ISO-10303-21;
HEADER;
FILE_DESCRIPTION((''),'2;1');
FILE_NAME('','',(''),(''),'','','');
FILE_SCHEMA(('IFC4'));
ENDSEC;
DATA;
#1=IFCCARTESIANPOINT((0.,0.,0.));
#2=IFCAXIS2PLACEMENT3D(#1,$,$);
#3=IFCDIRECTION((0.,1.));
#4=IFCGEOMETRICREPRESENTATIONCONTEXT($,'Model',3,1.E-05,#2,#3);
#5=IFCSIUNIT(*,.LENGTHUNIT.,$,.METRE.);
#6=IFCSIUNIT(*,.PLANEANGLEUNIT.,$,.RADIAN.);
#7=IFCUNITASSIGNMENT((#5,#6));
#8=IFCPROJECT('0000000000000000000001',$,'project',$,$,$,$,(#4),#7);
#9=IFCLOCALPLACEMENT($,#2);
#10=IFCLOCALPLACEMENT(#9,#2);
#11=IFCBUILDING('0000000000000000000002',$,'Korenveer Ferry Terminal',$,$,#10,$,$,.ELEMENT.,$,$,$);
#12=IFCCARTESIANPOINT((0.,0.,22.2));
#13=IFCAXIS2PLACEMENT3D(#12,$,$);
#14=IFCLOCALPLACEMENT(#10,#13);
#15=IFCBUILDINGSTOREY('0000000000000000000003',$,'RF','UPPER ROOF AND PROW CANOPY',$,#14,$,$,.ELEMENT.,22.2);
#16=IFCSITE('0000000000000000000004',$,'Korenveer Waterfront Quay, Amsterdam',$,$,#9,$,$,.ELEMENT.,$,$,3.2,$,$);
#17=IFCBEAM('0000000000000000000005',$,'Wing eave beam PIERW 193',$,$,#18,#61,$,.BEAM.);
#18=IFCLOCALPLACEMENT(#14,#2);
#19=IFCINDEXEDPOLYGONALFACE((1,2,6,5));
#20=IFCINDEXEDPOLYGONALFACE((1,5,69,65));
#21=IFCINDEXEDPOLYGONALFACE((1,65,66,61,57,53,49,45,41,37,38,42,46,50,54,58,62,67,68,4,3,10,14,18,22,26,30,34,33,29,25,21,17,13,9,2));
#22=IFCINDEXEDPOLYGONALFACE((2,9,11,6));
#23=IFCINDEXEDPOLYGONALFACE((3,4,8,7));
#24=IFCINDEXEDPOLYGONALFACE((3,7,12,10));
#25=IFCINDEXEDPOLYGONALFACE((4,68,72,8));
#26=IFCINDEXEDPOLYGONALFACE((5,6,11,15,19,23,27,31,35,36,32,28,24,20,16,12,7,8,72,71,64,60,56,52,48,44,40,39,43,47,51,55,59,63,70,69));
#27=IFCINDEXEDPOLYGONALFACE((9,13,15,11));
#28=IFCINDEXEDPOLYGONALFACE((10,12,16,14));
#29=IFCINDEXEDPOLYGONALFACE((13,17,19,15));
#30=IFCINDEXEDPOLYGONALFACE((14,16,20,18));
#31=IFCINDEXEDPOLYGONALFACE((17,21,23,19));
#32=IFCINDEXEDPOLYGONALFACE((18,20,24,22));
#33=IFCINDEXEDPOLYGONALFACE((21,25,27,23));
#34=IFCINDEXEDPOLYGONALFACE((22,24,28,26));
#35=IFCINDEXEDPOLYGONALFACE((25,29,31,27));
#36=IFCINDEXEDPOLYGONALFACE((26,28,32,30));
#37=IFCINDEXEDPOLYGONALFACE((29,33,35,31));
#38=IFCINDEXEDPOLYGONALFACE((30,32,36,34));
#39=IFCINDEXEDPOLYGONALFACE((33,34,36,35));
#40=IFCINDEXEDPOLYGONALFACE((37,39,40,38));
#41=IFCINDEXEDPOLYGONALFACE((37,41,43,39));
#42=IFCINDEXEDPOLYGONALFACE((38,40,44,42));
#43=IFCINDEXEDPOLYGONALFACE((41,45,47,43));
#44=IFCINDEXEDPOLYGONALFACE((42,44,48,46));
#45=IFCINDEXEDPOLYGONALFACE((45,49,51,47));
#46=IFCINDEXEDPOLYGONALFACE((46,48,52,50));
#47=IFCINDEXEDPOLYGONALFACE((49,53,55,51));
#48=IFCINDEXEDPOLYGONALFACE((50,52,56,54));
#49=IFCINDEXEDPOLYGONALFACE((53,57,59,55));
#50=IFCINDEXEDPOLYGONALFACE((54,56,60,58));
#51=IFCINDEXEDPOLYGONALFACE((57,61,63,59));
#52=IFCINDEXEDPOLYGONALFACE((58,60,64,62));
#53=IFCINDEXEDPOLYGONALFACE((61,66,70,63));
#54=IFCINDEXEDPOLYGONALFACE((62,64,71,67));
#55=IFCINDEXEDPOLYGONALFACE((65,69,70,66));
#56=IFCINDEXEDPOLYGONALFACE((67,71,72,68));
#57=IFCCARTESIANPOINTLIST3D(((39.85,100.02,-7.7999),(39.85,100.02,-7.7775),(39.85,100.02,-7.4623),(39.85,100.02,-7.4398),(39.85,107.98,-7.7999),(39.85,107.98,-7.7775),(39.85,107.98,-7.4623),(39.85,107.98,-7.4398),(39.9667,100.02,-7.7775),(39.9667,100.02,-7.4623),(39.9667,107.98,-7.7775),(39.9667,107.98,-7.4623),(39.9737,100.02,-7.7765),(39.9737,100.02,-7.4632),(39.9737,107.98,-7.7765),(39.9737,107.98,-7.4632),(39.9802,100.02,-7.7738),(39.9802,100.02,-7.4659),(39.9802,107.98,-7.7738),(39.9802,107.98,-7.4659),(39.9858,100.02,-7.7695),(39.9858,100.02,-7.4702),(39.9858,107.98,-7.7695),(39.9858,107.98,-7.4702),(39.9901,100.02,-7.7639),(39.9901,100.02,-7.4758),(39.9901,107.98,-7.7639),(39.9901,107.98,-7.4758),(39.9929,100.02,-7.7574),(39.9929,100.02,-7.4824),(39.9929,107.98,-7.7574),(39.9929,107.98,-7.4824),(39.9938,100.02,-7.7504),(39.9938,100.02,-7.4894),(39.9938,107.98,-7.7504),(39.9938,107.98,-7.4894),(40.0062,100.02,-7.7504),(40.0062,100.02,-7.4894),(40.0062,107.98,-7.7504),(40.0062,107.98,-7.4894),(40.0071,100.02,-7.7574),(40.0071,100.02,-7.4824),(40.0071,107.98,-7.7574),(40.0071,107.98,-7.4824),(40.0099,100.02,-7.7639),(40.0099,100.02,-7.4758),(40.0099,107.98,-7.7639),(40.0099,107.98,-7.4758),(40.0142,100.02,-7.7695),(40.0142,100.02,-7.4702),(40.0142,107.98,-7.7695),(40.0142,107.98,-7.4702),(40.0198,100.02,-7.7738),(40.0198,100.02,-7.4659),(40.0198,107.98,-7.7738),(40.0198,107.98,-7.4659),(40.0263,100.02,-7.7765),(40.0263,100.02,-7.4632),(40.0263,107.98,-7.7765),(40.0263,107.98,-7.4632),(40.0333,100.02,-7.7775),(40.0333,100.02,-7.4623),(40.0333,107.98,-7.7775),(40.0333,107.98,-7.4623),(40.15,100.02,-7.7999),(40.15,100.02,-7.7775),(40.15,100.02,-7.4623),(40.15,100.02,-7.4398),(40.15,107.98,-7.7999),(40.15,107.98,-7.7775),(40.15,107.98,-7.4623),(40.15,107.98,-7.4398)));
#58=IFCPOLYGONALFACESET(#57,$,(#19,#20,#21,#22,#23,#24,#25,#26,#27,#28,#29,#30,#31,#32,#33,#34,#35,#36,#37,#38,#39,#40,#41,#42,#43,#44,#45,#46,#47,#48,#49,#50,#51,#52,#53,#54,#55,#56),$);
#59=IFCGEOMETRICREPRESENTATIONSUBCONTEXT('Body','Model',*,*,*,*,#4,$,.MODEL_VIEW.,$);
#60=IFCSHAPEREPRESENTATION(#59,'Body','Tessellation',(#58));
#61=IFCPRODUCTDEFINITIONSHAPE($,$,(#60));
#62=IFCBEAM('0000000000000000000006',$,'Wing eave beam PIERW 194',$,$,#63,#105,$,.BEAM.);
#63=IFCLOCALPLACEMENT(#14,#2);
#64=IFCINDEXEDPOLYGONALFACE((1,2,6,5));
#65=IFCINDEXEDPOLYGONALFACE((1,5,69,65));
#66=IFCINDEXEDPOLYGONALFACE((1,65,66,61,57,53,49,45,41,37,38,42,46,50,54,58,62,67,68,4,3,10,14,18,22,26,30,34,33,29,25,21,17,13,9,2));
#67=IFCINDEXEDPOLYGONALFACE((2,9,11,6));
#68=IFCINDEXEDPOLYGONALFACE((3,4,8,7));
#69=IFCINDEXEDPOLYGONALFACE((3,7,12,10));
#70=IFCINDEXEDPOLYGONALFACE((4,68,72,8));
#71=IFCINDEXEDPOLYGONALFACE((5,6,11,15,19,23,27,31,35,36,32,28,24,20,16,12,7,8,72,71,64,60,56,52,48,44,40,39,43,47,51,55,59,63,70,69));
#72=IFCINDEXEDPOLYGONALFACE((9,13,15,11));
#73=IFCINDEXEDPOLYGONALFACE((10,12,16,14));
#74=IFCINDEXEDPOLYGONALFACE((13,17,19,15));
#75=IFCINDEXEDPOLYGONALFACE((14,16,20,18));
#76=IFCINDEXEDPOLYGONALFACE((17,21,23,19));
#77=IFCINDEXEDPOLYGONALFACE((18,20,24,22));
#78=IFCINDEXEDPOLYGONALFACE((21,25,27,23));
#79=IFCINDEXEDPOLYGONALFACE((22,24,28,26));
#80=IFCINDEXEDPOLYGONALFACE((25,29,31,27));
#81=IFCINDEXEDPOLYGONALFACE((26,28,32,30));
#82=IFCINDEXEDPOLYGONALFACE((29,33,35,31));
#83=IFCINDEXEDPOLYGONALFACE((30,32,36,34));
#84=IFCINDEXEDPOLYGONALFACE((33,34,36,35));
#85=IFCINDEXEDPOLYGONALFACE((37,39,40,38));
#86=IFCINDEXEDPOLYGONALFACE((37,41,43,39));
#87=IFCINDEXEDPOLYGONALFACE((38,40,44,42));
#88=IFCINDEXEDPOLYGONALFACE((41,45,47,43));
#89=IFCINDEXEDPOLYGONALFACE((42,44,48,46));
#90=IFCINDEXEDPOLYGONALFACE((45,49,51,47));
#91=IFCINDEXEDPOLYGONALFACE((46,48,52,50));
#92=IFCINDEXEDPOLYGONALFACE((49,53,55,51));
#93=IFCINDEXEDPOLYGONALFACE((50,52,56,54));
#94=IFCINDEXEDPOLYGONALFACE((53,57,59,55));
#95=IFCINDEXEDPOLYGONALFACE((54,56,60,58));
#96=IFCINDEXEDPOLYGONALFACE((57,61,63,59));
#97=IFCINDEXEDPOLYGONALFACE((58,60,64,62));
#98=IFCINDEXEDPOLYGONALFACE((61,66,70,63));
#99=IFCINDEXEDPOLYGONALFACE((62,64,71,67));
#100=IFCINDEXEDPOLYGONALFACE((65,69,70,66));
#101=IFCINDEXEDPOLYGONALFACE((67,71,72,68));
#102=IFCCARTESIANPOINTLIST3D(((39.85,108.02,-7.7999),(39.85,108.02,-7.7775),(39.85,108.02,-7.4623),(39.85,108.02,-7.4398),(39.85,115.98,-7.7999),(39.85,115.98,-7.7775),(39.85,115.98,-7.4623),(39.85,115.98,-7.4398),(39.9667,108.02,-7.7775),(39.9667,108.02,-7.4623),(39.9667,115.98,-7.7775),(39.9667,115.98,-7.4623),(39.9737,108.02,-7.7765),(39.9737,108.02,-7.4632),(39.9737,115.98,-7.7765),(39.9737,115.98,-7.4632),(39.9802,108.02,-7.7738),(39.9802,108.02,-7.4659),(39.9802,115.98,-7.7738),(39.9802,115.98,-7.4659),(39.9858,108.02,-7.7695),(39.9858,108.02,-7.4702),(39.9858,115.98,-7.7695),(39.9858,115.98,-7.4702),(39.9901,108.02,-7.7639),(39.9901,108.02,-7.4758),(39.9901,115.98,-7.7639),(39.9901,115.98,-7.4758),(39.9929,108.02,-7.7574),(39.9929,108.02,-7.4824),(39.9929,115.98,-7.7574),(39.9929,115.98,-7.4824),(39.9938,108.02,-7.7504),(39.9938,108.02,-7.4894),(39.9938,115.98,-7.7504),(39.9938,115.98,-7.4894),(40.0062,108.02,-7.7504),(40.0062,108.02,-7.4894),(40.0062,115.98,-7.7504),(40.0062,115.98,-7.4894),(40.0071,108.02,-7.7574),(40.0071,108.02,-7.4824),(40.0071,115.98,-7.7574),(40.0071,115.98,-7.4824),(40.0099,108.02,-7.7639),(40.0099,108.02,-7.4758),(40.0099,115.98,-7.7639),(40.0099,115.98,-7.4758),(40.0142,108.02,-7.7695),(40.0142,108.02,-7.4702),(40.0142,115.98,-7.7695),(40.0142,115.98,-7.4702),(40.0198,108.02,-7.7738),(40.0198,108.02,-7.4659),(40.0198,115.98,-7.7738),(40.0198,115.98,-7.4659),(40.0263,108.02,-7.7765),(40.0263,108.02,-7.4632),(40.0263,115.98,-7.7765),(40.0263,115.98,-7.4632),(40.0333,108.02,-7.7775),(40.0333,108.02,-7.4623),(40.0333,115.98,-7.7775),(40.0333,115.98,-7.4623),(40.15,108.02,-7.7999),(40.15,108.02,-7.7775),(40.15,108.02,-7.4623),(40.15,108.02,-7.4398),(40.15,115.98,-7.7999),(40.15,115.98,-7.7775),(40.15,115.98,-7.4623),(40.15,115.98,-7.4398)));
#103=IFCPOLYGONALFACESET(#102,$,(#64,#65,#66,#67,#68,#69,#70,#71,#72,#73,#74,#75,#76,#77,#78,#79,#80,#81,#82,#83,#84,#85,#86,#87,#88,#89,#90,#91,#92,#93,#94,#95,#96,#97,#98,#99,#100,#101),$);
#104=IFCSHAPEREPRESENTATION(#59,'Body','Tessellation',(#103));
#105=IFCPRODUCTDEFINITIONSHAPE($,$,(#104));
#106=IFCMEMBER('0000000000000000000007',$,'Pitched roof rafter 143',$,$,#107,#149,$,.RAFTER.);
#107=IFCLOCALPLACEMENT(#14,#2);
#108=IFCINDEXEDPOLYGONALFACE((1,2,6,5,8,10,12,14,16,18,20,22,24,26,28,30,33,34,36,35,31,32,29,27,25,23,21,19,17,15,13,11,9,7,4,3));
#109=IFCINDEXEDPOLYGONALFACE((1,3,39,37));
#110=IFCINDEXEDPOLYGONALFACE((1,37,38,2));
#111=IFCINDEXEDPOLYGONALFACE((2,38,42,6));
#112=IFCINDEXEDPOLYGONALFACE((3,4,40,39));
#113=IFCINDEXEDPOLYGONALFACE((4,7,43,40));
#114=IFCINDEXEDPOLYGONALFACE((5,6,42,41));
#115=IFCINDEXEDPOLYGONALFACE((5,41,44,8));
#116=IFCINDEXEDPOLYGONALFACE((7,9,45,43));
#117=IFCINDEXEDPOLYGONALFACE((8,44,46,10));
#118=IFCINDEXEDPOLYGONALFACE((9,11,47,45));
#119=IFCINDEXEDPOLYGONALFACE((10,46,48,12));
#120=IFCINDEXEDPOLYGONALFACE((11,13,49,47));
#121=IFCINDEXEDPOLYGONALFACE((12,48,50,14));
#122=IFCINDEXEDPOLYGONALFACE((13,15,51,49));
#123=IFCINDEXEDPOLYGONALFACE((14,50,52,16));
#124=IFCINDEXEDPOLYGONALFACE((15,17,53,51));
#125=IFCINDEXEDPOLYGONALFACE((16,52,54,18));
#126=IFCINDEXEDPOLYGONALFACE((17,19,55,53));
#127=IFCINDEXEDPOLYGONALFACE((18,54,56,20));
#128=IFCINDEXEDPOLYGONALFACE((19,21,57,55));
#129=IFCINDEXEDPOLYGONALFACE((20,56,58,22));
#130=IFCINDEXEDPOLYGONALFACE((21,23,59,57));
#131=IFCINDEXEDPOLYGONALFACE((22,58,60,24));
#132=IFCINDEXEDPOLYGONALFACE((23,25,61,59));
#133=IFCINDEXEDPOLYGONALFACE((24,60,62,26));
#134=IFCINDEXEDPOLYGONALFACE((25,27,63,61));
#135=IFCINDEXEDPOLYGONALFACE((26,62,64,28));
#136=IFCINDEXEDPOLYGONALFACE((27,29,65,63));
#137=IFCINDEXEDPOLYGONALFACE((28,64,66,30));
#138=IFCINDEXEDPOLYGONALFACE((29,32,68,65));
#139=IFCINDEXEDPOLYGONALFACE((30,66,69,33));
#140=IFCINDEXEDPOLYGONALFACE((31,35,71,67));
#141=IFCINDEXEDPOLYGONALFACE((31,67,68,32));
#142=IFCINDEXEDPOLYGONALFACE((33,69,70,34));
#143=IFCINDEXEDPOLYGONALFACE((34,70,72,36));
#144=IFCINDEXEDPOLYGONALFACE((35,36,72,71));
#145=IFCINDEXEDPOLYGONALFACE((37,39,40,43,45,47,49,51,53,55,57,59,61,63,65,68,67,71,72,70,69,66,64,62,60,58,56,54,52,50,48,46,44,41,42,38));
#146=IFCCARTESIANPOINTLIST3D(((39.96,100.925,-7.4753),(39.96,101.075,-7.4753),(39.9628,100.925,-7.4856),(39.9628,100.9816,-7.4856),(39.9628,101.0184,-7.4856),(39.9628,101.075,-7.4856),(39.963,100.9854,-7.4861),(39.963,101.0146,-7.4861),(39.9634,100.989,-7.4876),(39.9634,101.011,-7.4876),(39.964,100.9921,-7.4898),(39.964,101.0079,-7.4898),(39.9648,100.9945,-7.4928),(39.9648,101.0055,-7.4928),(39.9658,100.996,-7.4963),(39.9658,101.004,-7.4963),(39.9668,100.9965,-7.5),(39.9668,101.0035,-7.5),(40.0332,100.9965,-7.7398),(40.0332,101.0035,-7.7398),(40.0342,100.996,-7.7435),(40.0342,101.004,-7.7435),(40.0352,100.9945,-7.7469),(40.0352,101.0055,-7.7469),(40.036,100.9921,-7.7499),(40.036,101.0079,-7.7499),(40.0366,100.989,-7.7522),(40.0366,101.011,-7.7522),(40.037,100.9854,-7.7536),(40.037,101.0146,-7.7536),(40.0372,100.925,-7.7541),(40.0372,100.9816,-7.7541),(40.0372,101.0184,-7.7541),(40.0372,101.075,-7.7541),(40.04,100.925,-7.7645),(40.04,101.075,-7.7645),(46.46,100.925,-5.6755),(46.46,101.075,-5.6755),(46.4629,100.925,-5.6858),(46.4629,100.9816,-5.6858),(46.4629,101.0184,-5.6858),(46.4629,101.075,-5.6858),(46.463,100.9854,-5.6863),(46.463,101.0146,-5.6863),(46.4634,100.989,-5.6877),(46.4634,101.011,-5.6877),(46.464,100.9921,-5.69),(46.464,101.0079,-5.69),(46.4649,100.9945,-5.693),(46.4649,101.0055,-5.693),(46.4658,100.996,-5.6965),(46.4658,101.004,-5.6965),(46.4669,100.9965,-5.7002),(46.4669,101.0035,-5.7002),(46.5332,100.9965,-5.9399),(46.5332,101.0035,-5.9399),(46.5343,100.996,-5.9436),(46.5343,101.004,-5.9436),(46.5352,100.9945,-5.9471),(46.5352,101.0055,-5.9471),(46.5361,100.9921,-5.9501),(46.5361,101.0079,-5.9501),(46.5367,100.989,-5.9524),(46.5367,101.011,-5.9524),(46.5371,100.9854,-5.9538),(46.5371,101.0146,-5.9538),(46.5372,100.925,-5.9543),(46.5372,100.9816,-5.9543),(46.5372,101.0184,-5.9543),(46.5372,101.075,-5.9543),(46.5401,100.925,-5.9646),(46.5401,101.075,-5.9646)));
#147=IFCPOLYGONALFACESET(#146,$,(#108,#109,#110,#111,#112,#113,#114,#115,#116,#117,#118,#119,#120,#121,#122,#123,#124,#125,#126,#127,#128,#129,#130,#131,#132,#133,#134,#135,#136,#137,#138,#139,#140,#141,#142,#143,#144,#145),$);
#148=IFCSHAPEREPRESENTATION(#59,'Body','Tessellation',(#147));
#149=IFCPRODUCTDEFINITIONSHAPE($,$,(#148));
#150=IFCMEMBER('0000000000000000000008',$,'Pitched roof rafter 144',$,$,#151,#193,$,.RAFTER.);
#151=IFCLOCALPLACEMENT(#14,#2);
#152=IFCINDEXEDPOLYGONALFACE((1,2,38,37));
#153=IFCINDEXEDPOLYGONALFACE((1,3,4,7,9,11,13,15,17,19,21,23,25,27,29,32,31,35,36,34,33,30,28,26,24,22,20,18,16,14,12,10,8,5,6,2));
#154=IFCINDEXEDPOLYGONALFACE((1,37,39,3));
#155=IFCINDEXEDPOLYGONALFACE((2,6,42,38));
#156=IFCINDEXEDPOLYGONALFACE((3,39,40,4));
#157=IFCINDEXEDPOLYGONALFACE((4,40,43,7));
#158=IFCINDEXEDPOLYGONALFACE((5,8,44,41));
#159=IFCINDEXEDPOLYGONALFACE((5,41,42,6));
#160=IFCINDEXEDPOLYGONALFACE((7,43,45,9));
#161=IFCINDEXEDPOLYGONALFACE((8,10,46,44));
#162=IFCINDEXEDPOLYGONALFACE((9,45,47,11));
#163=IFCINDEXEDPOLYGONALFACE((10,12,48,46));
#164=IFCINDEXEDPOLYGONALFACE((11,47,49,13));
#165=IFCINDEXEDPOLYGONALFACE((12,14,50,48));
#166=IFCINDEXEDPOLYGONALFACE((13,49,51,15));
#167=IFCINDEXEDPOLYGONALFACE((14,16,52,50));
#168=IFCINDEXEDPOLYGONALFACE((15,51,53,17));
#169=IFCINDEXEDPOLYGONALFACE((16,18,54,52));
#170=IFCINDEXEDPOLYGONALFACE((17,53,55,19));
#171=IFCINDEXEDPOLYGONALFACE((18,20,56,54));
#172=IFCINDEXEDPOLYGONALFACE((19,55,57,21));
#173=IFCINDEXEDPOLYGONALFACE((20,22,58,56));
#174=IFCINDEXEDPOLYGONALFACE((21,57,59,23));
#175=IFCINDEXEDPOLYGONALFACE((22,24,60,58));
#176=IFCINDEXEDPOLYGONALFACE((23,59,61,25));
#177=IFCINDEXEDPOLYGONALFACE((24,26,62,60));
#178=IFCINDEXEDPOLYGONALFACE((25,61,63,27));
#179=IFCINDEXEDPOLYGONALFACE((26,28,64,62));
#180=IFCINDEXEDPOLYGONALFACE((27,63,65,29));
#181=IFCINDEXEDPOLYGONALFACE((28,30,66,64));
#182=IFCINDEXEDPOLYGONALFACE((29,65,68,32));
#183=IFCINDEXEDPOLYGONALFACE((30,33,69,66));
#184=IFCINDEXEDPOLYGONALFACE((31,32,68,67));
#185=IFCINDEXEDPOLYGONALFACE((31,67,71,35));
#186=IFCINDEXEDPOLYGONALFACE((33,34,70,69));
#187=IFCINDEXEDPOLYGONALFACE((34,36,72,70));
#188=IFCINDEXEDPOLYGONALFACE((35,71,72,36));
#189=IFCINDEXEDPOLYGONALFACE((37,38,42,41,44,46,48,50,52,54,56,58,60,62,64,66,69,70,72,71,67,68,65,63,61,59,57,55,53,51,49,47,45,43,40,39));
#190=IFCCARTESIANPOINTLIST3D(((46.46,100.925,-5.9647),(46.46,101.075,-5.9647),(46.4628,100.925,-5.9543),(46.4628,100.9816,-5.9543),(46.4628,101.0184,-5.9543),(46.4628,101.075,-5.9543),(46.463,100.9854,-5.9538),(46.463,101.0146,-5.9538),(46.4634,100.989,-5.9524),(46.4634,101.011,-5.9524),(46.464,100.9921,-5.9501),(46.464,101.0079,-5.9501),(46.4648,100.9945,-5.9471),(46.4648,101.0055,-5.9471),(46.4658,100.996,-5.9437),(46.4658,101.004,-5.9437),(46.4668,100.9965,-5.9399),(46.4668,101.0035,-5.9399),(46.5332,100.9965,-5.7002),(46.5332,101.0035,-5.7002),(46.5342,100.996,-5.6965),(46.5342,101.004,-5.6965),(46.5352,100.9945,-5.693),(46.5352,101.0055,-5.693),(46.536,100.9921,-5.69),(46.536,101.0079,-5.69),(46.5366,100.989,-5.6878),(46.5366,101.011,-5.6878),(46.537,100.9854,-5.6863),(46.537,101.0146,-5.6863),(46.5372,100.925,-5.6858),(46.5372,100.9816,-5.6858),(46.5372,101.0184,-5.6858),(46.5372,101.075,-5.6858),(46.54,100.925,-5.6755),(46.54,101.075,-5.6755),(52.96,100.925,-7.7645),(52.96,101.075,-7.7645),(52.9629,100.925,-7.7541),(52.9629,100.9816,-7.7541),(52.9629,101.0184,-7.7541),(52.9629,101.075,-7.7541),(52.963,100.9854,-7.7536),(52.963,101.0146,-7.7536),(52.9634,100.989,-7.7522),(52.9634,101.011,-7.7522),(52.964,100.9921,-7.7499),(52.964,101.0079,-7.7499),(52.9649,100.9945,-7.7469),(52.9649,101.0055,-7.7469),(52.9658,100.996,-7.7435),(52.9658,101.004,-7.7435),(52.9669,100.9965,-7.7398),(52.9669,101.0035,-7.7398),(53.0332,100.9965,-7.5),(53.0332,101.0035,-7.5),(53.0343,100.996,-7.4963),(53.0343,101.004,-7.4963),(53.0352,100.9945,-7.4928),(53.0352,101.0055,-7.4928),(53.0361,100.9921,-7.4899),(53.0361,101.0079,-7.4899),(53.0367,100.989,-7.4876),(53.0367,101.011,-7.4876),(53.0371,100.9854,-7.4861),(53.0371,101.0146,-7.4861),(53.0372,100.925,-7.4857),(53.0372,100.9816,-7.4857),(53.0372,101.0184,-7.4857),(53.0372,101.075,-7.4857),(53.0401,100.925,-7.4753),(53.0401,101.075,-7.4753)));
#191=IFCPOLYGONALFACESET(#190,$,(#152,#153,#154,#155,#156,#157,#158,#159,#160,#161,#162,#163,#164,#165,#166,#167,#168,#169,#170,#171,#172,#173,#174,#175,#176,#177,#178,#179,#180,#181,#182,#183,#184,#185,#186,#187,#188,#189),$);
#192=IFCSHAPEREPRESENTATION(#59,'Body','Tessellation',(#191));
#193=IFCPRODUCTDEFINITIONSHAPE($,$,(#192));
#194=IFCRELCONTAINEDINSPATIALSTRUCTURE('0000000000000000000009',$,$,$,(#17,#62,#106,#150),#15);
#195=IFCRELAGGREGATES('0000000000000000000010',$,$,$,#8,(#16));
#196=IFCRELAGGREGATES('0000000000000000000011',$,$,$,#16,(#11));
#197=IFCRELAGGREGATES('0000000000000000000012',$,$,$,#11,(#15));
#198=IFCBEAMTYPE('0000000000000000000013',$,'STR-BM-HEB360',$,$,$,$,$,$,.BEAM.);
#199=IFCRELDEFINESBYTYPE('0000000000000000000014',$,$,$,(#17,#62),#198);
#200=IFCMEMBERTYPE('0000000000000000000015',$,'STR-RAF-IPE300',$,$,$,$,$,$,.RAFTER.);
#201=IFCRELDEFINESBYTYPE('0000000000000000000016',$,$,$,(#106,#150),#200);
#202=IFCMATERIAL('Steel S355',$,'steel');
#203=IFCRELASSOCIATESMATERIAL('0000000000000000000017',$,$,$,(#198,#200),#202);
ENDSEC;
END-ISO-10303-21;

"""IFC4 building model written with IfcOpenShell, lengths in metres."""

from ifc_helpers import new_model, si_unit, direction, frame, origin, origin_2d, place, context, subcontext, project, spatial, i_section, extrude, material, material_profile, profile_set, type_object, element, save


model = new_model("IFC4")

# Units and contexts
model_context = context("Model", 3, precision=1e-05, world=origin(), true_north=direction((0.0, 1.0)))
body_context = subcontext(model_context, "Body", "Model", "MODEL_VIEW")
ifc_project = project(units=[si_unit("LENGTHUNIT", "METRE"), si_unit("PLANEANGLEUNIT", "RADIAN")], contexts=[model_context])

# Site, building, storey
site_placement = place(None, origin())
site = spatial("IfcSite", under=ifc_project, at=site_placement, Name="Korenveer Waterfront Quay, Amsterdam", CompositionType="ELEMENT", RefElevation=3.2)
building_placement = place(site_placement, origin())
building = spatial("IfcBuilding", under=site, at=building_placement, Name="Korenveer Ferry Terminal", CompositionType="ELEMENT")
storey_placement = place(building_placement, frame((0.0, 0.0, 22.2)))
storey = spatial("IfcBuildingStorey", under=building, at=storey_placement, Name="RF", Description="UPPER ROOF AND PROW CANOPY", CompositionType="ELEMENT", Elevation=22.2)

# Beams
ifc_material_1 = material(Name="Steel S355", Category="steel")
ifc_material_profile_1 = material_profile(ifc_material_1, i_section(OverallWidth=0.3, OverallDepth=0.3601, WebThickness=0.0125, FlangeThickness=0.0225, FilletRadius=0.0271, at=origin_2d()), Name="HEB 360")
ifc_profile_set_1 = profile_set([ifc_material_profile_1], Name="Steel S355")
beam_type_1 = type_object("IfcBeamType", Name="STR-BM-HEB360", PredefinedType="BEAM", material=ifc_profile_set_1)
for number, where, z_axis, x_axis, name in (
    (1, (40.0, 100.02, -7.6199), (0.0, 1.0, 0.0), (-1.0, 0.0, 0.0), "Wing eave beam PIERW 193"),
    (2, (40.0, 108.02, -7.6199), (0.0, 1.0, 0.0), (-1.0, 0.0, 0.0), "Wing eave beam PIERW 194"),
):
    element("IfcBeam", number, at=place(storey_placement, frame(where, z_axis=z_axis, x_axis=x_axis)), inside=storey, type_object=beam_type_1, Name=name, PredefinedType="BEAM", context=body_context, shape_type="SweptSolid", body=[
        extrude(i_section(OverallWidth=0.3, OverallDepth=0.3601, WebThickness=0.0125, FlangeThickness=0.0225, FilletRadius=0.0271, at=origin_2d()), origin(), (0.0, 0.0, 1.0), 7.96),
    ])

# Members
ifc_material_profile_2 = material_profile(ifc_material_1, i_section(OverallWidth=0.1499, OverallDepth=0.3, WebThickness=0.0071, FlangeThickness=0.0107, FilletRadius=0.0149, at=origin_2d()), Name="IPE 300")
ifc_profile_set_2 = profile_set([ifc_material_profile_2], Name="Steel S355")
member_type_1 = type_object("IfcMemberType", Name="STR-RAF-IPE300", PredefinedType="RAFTER", material=ifc_profile_set_2)
for number, where, z_axis, x_axis, name in (
    (3, (40.0, 101.0, -7.6199), (0.963737, 0.0, 0.266852), (0.0, 1.0, 0.0), "Pitched roof rafter 143"),
    (4, (46.5, 101.0, -5.8201), (0.963737, 0.0, -0.266852), (0.0, 1.0, 0.0), "Pitched roof rafter 144"),
):
    element("IfcMember", number, at=place(storey_placement, frame(where, z_axis=z_axis, x_axis=x_axis)), inside=storey, type_object=member_type_1, Name=name, PredefinedType="RAFTER", context=body_context, shape_type="SweptSolid", body=[
        extrude(i_section(OverallWidth=0.1499, OverallDepth=0.3, WebThickness=0.0071, FlangeThickness=0.0107, FilletRadius=0.0149, at=origin_2d()), origin(), (0.0, 0.0, 1.0), 6.7446),
    ])

save(model, "model.ifc")
